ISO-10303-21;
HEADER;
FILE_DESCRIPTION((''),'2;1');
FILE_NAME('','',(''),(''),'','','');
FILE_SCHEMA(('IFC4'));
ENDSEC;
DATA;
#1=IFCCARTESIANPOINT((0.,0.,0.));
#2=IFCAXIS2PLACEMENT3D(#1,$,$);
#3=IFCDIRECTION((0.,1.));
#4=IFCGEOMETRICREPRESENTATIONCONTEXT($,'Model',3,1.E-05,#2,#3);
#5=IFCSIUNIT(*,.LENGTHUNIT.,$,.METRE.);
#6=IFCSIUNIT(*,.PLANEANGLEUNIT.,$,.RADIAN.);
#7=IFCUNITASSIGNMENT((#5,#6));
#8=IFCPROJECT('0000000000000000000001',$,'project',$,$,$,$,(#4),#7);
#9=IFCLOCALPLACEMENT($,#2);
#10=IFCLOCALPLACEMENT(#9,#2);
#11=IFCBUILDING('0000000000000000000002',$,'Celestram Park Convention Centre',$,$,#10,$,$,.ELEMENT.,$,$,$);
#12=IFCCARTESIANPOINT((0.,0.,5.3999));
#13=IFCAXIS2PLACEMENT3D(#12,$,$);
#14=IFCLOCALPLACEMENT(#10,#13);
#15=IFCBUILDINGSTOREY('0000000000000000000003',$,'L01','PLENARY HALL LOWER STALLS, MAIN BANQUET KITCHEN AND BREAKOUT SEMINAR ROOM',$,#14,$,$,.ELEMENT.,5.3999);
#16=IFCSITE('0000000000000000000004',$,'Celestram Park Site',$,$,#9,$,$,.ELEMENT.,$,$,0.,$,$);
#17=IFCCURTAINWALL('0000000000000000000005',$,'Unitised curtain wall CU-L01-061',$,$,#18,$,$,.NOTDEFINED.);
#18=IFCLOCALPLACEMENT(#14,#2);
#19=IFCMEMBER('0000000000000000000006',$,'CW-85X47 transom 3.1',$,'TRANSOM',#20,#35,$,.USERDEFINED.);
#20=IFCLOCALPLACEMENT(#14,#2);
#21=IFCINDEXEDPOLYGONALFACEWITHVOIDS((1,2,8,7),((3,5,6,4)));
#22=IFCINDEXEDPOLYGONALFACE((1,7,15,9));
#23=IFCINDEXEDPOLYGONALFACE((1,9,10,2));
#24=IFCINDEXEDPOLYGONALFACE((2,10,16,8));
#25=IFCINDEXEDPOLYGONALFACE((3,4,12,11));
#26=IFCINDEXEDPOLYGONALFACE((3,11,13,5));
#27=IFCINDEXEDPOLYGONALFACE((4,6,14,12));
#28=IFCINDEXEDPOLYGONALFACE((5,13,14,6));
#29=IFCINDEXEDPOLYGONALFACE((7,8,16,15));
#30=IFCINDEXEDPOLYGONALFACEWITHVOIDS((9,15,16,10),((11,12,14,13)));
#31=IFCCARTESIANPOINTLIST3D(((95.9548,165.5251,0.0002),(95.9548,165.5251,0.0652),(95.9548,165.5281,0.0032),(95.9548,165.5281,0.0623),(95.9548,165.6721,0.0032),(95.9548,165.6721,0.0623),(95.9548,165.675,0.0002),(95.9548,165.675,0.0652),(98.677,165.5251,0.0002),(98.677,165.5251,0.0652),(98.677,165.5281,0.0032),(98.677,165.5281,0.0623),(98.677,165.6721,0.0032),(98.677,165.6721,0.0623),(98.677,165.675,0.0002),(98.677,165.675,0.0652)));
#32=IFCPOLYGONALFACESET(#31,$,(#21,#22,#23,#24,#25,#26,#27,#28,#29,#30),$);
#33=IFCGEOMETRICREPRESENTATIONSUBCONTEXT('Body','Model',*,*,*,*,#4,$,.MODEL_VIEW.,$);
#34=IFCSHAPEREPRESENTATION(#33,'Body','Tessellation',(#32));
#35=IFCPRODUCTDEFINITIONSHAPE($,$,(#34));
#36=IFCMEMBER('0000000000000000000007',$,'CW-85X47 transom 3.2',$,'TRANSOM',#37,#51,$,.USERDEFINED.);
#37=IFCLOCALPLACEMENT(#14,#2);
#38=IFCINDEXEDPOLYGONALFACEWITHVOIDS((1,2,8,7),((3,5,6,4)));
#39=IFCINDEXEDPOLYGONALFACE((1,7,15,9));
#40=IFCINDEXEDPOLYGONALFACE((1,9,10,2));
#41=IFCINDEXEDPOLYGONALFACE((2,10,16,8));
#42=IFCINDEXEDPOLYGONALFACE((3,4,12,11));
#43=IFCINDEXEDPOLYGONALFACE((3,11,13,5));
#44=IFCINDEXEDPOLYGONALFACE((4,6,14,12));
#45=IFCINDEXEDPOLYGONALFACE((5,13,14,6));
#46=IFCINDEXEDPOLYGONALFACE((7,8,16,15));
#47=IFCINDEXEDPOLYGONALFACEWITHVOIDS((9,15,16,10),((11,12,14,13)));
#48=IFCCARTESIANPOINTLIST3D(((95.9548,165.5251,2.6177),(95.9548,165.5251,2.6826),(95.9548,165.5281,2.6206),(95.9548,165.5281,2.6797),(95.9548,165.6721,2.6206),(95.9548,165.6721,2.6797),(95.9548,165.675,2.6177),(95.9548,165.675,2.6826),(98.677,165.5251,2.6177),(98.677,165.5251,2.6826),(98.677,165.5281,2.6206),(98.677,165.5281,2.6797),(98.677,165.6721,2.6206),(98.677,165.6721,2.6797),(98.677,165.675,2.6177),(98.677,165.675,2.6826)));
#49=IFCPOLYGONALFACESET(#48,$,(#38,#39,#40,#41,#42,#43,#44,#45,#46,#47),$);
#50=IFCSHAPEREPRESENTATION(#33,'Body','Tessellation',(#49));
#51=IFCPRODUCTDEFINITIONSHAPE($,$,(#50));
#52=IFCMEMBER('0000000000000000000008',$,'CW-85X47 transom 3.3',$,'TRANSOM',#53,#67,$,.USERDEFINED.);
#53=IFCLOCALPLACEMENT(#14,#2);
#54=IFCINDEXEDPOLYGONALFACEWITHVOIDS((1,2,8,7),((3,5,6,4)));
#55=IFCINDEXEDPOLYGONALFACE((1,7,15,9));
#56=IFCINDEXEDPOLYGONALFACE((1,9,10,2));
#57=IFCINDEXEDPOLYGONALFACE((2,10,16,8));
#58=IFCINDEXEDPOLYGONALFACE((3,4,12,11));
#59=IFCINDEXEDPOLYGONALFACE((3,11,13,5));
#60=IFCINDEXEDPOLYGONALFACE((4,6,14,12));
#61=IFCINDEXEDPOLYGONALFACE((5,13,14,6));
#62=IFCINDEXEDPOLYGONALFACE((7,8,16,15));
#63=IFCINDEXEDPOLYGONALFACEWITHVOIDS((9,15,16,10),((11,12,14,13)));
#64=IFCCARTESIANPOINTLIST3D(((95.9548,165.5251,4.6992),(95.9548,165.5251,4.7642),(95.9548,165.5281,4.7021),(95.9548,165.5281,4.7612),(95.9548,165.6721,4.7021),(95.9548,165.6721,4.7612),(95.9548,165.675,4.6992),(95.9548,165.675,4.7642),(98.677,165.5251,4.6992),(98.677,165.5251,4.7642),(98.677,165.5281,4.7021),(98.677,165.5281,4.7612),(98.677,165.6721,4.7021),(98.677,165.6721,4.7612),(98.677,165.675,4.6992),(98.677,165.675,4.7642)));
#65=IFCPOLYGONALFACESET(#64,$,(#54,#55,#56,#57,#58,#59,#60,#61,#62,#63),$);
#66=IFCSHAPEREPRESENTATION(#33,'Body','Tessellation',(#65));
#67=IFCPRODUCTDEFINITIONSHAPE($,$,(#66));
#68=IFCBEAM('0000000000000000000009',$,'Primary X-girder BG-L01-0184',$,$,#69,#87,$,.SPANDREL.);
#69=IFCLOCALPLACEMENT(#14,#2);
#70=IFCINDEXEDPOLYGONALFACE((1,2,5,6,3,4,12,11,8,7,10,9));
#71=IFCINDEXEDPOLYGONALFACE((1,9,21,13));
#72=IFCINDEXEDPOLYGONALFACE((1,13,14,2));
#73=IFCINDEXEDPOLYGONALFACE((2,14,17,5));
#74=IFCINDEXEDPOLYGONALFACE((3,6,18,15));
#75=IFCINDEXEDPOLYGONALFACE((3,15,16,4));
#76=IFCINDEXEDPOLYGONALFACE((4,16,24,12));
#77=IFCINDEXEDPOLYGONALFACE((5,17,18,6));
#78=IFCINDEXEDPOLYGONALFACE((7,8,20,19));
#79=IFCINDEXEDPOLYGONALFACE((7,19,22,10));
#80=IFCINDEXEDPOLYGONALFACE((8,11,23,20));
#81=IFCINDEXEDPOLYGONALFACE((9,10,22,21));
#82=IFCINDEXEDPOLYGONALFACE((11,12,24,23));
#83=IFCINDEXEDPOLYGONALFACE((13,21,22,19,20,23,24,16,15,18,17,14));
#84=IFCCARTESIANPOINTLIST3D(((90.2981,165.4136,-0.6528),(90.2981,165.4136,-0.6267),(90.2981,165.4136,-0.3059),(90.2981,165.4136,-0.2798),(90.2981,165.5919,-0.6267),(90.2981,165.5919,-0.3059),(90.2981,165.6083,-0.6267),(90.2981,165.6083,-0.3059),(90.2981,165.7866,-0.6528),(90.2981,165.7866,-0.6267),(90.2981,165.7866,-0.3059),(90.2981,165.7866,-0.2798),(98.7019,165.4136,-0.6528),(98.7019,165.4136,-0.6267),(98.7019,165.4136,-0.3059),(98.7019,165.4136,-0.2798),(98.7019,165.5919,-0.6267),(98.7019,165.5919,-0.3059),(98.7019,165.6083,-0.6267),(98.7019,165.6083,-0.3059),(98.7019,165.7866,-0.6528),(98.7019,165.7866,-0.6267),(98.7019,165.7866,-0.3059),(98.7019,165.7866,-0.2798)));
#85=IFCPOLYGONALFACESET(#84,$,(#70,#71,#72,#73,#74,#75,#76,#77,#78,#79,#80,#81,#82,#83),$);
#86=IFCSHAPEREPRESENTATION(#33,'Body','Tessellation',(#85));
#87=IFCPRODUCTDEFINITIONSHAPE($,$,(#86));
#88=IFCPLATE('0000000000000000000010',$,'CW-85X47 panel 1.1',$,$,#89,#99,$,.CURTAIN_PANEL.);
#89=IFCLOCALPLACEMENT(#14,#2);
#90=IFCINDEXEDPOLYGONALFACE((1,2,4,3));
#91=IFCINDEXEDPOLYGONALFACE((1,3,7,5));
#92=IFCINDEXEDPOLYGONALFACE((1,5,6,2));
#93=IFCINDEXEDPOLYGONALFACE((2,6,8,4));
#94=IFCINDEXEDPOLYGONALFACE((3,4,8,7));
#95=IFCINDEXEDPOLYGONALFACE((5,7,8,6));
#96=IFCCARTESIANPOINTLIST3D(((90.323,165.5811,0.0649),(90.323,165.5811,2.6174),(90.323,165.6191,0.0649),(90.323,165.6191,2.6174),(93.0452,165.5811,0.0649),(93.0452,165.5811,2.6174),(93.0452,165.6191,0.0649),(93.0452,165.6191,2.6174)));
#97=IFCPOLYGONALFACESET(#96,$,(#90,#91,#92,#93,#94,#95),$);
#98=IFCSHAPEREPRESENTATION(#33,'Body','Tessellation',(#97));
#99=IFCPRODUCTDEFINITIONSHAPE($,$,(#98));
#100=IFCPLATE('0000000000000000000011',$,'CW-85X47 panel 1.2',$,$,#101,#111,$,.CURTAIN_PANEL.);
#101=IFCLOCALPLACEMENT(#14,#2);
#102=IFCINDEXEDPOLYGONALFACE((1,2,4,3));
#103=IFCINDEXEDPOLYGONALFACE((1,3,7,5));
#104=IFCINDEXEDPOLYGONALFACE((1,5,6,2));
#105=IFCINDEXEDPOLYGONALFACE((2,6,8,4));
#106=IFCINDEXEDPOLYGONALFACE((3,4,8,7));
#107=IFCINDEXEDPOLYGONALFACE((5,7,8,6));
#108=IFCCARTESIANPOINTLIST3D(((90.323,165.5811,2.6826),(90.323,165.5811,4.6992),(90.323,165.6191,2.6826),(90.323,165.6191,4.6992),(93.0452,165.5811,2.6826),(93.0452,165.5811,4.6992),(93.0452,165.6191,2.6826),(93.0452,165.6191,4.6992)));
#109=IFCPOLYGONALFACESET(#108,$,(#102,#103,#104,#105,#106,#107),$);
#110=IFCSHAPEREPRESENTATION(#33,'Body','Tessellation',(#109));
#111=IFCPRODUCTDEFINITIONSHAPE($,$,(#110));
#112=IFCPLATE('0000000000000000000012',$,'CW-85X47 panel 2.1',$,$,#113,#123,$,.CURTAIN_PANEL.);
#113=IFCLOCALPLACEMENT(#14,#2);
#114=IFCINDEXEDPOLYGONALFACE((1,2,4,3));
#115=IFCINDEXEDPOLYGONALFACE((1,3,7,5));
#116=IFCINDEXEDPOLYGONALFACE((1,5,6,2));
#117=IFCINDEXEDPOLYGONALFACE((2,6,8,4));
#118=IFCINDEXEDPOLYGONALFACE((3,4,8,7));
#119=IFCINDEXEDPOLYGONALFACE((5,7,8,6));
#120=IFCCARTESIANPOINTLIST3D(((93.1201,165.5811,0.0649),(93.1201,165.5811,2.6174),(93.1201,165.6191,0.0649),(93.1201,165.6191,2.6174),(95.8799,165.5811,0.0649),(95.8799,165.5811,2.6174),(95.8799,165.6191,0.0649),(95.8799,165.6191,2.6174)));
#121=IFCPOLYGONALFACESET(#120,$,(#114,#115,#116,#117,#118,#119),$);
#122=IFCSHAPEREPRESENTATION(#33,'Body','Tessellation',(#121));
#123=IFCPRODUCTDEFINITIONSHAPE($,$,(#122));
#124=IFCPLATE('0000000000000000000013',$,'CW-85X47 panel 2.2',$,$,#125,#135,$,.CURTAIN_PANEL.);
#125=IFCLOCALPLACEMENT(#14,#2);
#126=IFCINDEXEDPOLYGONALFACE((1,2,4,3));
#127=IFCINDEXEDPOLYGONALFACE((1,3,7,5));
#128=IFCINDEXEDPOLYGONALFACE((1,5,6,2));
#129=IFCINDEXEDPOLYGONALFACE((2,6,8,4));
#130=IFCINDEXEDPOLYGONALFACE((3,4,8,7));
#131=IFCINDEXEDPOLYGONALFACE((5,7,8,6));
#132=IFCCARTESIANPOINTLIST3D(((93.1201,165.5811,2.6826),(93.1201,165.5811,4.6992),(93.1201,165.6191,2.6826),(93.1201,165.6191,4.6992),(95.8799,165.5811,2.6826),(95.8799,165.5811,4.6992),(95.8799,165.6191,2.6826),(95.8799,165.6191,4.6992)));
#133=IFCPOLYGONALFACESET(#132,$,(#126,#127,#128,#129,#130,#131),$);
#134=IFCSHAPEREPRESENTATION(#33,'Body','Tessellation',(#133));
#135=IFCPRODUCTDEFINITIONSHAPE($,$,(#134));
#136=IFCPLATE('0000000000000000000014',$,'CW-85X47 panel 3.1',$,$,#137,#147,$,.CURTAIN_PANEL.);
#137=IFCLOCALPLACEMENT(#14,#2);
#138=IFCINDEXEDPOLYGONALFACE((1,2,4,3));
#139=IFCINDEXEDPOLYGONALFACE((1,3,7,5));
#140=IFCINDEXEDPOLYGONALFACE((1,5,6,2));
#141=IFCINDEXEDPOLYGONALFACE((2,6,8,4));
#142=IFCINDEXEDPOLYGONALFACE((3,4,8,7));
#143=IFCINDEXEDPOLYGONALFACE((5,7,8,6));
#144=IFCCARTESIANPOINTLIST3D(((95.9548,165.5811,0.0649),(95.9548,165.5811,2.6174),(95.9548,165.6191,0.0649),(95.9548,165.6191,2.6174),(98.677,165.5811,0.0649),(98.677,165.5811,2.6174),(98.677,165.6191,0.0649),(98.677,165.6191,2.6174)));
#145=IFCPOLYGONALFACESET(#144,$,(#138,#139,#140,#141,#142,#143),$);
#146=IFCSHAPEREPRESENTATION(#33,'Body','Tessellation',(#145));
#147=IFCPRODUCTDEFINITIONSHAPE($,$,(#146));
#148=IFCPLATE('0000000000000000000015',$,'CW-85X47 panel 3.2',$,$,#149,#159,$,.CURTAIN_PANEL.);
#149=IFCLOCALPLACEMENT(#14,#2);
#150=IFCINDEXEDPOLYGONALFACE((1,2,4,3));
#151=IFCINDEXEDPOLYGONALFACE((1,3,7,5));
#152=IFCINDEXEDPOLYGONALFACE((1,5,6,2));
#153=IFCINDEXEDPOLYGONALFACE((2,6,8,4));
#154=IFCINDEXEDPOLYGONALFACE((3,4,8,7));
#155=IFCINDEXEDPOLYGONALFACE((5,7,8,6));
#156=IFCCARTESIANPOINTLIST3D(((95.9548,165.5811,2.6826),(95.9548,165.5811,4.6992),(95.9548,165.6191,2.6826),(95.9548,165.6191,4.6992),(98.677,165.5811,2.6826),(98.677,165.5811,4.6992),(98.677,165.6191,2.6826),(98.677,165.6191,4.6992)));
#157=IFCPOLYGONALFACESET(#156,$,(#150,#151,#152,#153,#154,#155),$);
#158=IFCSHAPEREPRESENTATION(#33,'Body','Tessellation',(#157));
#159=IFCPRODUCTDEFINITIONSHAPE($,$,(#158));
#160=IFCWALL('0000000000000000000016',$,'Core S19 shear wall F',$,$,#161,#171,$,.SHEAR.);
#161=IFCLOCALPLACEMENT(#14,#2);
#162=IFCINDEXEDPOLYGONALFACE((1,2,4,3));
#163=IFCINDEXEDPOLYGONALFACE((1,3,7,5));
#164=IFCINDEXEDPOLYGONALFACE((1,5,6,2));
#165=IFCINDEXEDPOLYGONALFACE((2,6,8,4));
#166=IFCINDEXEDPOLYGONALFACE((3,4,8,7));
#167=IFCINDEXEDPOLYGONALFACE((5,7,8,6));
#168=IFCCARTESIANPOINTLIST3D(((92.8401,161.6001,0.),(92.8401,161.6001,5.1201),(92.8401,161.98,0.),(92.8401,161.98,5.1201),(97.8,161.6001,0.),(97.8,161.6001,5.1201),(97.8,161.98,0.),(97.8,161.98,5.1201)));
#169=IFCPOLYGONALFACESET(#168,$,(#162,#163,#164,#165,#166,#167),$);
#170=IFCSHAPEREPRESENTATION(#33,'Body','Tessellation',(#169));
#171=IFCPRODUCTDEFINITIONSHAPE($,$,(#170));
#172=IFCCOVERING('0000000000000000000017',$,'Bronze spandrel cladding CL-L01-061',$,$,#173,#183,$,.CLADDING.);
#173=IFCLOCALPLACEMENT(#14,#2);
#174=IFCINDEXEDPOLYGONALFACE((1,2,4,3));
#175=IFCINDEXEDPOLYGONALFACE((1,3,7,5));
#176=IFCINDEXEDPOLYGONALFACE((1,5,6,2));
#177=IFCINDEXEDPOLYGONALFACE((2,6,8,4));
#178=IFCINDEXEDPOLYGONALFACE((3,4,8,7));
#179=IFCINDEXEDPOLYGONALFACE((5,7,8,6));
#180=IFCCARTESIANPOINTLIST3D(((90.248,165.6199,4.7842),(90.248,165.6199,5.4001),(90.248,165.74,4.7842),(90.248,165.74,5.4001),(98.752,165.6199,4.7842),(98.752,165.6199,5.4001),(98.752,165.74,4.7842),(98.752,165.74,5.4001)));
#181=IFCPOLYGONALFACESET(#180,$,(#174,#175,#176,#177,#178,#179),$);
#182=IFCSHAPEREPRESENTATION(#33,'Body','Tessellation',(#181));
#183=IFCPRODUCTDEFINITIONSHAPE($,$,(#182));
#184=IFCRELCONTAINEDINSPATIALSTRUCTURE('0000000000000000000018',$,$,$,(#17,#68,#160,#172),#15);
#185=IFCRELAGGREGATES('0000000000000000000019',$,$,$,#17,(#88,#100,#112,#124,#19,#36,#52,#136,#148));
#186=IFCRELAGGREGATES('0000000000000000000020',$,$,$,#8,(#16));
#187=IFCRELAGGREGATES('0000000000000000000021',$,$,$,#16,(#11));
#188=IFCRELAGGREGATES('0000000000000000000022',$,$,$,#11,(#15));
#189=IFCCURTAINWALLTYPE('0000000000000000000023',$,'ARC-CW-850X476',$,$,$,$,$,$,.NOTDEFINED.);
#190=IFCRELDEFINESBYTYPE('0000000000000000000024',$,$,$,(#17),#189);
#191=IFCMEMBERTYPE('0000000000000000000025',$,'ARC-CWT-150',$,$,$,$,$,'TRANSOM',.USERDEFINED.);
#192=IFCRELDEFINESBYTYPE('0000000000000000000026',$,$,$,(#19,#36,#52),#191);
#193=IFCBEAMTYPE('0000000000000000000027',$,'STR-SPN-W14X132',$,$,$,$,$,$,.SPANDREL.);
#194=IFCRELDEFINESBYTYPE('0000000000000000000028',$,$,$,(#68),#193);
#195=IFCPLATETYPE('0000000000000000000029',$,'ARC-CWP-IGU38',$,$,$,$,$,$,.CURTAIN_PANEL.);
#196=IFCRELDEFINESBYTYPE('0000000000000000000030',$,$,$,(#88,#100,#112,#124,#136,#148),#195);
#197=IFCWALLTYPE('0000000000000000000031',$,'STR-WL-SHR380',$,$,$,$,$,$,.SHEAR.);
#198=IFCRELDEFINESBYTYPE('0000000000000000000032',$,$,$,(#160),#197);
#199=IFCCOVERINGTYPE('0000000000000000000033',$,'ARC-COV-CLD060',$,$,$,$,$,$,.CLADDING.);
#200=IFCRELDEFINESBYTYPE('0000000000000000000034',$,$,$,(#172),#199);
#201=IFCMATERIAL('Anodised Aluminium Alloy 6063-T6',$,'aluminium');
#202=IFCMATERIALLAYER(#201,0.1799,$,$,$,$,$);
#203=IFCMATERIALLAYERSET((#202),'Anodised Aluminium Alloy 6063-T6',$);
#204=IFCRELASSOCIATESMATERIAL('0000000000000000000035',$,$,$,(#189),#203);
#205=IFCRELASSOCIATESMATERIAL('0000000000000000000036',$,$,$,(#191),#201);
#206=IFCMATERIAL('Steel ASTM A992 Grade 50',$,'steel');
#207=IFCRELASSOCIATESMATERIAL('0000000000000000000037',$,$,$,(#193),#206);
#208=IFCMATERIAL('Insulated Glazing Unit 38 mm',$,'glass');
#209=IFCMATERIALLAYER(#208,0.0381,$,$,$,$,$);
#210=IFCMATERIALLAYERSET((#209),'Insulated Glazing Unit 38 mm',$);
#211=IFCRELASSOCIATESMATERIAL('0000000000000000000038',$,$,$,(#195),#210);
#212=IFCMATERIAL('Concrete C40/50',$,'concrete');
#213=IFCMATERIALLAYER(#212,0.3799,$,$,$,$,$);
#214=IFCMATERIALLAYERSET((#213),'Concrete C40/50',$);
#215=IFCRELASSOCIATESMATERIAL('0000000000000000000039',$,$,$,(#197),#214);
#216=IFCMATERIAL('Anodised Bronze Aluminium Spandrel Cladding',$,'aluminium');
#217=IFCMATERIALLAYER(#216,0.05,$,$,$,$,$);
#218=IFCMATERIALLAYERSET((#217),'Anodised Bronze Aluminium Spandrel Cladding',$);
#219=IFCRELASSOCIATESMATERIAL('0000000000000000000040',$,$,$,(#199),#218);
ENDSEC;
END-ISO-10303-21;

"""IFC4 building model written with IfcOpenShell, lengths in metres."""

from ifc_helpers import new_model, si_unit, direction, frame, frame_2d, origin, origin_2d, place, context, subcontext, project, spatial, rectangle, hollow_rectangle, i_section, extrude, material, layer, layer_set, material_profile, profile_set, type_object, element, aggregate, save


model = new_model("IFC4")

# Units and contexts
model_context = context("Model", 3, precision=1e-05, world=origin(), true_north=direction((0.0, 1.0)))
body_context = subcontext(model_context, "Body", "Model", "MODEL_VIEW")
ifc_project = project(units=[si_unit("LENGTHUNIT", "METRE"), si_unit("PLANEANGLEUNIT", "RADIAN")], contexts=[model_context])

# Site, building, storey
site_placement = place(None, origin())
site = spatial("IfcSite", under=ifc_project, at=site_placement, Name="Celestram Park Site", CompositionType="ELEMENT", RefElevation=0.0)
building_placement = place(site_placement, origin())
building = spatial("IfcBuilding", under=site, at=building_placement, Name="Celestram Park Convention Centre", CompositionType="ELEMENT")
storey_placement = place(building_placement, frame((0.0, 0.0, 5.3999)))
storey = spatial("IfcBuildingStorey", under=building, at=storey_placement, Name="L01", Description="PLENARY HALL LOWER STALLS, MAIN BANQUET KITCHEN AND BREAKOUT SEMINAR ROOM", CompositionType="ELEMENT", Elevation=5.3999)

# Shared definitions
ifc_material_1 = material(Name="Concrete C40/50", Category="concrete")

# Shared definitions
ifc_material_2 = material(Name="Anodised Aluminium Alloy 6063-T6", Category="aluminium")
ifc_layer_1 = layer(ifc_material_2, 0.1799)
ifc_layer_set_1 = layer_set([ifc_layer_1], Name="Anodised Aluminium Alloy 6063-T6")
curtain_wall_type = type_object("IfcCurtainWallType", Name="ARC-CW-850X476", PredefinedType="NOTDEFINED", material=ifc_layer_set_1)

# Curtain wall, members
curtain_wall_1_placement = place(storey_placement, origin())
curtain_wall_1 = element("IfcCurtainWall", 1, at=curtain_wall_1_placement, inside=storey, type_object=curtain_wall_type, Name="Unitised curtain wall CU-L01-061", PredefinedType="NOTDEFINED")
ifc_material_profile_1 = material_profile(ifc_material_2, hollow_rectangle(XDim=0.1499, YDim=0.0649, WallThickness=0.0029, at=origin_2d()), Name="ALU150X65X3")
ifc_profile_set_1 = profile_set([ifc_material_profile_1], Name="Anodised Aluminium Alloy 6063-T6")
member_type_1 = type_object("IfcMemberType", Name="ARC-CWT-150", ElementType="TRANSOM", PredefinedType="USERDEFINED", material=ifc_profile_set_1)
member_1_placement = place(storey_placement, frame((95.9548, 165.6001, 0.0327), z_axis=(1.0, 0.0, 0.0), x_axis=(0.0, 1.0, 0.0)))
member_1 = element("IfcMember", 2, at=member_1_placement, type_object=member_type_1, Name="CW-85X47 transom 3.1", ObjectType="TRANSOM", PredefinedType="USERDEFINED", context=body_context, shape_type="SweptSolid", body=[
    extrude(hollow_rectangle(XDim=0.1499, YDim=0.0649, WallThickness=0.0029, at=origin_2d()), origin(), (0.0, 0.0, 1.0), 2.7222),
])
member_2_placement = place(storey_placement, frame((95.9548, 165.6001, 2.6501), z_axis=(1.0, 0.0, 0.0), x_axis=(0.0, 1.0, 0.0)))
member_2 = element("IfcMember", 3, at=member_2_placement, type_object=member_type_1, Name="CW-85X47 transom 3.2", ObjectType="TRANSOM", PredefinedType="USERDEFINED", context=body_context, shape_type="SweptSolid", body=[
    extrude(hollow_rectangle(XDim=0.1499, YDim=0.0649, WallThickness=0.0029, at=origin_2d()), origin(), (0.0, 0.0, 1.0), 2.7222),
])
member_3_placement = place(storey_placement, frame((95.9548, 165.6001, 4.7317), z_axis=(1.0, 0.0, 0.0), x_axis=(0.0, 1.0, 0.0)))
member_3 = element("IfcMember", 4, at=member_3_placement, type_object=member_type_1, Name="CW-85X47 transom 3.3", ObjectType="TRANSOM", PredefinedType="USERDEFINED", context=body_context, shape_type="SweptSolid", body=[
    extrude(hollow_rectangle(XDim=0.1499, YDim=0.0649, WallThickness=0.0029, at=origin_2d()), origin(), (0.0, 0.0, 1.0), 2.7222),
])

# Beam
ifc_material_3 = material(Name="Steel ASTM A992 Grade 50", Category="steel")
ifc_material_profile_2 = material_profile(ifc_material_3, i_section(OverallWidth=0.373, OverallDepth=0.373, WebThickness=0.0164, FlangeThickness=0.0261, at=origin_2d()), Name="W14X132")
ifc_profile_set_2 = profile_set([ifc_material_profile_2], Name="Steel ASTM A992 Grade 50")
beam_type = type_object("IfcBeamType", Name="STR-SPN-W14X132", PredefinedType="SPANDREL", material=ifc_profile_set_2)
beam_placement = place(storey_placement, frame((90.2981, 165.6001, -0.4663), z_axis=(1.0, 0.0, 0.0), x_axis=(0.0, 1.0, 0.0)))
element("IfcBeam", 5, at=beam_placement, inside=storey, type_object=beam_type, Name="Primary X-girder BG-L01-0184", PredefinedType="SPANDREL", context=body_context, shape_type="SweptSolid", body=[
    extrude(i_section(OverallWidth=0.373, OverallDepth=0.373, WebThickness=0.0164, FlangeThickness=0.0261, at=origin_2d()), origin(), (0.0, 0.0, 1.0), 8.4038),
])

# Plates
ifc_material_4 = material(Name="Insulated Glazing Unit 38 mm", Category="glass")
ifc_layer_2 = layer(ifc_material_4, 0.0381)
ifc_layer_set_2 = layer_set([ifc_layer_2], Name="Insulated Glazing Unit 38 mm")
plate_type = type_object("IfcPlateType", Name="ARC-CWP-IGU38", PredefinedType="CURTAIN_PANEL", material=ifc_layer_set_2)
plate_1_placement = place(storey_placement, frame((91.6841, 165.6001, 0.0649), z_axis=(0.0, 0.0, 1.0), x_axis=(1.0, 0.0, 0.0)))
plate_1 = element("IfcPlate", 6, at=plate_1_placement, type_object=plate_type, Name="CW-85X47 panel 1.1", PredefinedType="CURTAIN_PANEL", context=body_context, shape_type="SweptSolid", body=[
    extrude(rectangle(XDim=2.7222, YDim=0.0381, at=origin_2d()), origin(), (0.0, 0.0, 1.0), 2.5525),
])
plate_2_placement = place(storey_placement, frame((91.6841, 165.6001, 2.6826), z_axis=(0.0, 0.0, 1.0), x_axis=(1.0, 0.0, 0.0)))
plate_2 = element("IfcPlate", 7, at=plate_2_placement, type_object=plate_type, Name="CW-85X47 panel 1.2", PredefinedType="CURTAIN_PANEL", context=body_context, shape_type="SweptSolid", body=[
    extrude(rectangle(XDim=2.7222, YDim=0.0381, at=origin_2d()), origin(), (0.0, 0.0, 1.0), 2.0166),
])
plate_3_placement = place(storey_placement, frame((94.5, 165.6001, 0.0649), z_axis=(0.0, 0.0, 1.0), x_axis=(1.0, 0.0, 0.0)))
plate_3 = element("IfcPlate", 8, at=plate_3_placement, type_object=plate_type, Name="CW-85X47 panel 2.1", PredefinedType="CURTAIN_PANEL", context=body_context, shape_type="SweptSolid", body=[
    extrude(rectangle(XDim=2.7598, YDim=0.0381, at=origin_2d()), origin(), (0.0, 0.0, 1.0), 2.5525),
])
plate_4_placement = place(storey_placement, frame((94.5, 165.6001, 2.6826), z_axis=(0.0, 0.0, 1.0), x_axis=(1.0, 0.0, 0.0)))
plate_4 = element("IfcPlate", 9, at=plate_4_placement, type_object=plate_type, Name="CW-85X47 panel 2.2", PredefinedType="CURTAIN_PANEL", context=body_context, shape_type="SweptSolid", body=[
    extrude(rectangle(XDim=2.7598, YDim=0.0381, at=origin_2d()), origin(), (0.0, 0.0, 1.0), 2.0166),
])
plate_5_placement = place(storey_placement, frame((97.3159, 165.6001, 0.0649), z_axis=(0.0, 0.0, 1.0), x_axis=(1.0, 0.0, 0.0)))
plate_5 = element("IfcPlate", 10, at=plate_5_placement, type_object=plate_type, Name="CW-85X47 panel 3.1", PredefinedType="CURTAIN_PANEL", context=body_context, shape_type="SweptSolid", body=[
    extrude(rectangle(XDim=2.7222, YDim=0.0381, at=origin_2d()), origin(), (0.0, 0.0, 1.0), 2.5525),
])
plate_6_placement = place(storey_placement, frame((97.3159, 165.6001, 2.6826), z_axis=(0.0, 0.0, 1.0), x_axis=(1.0, 0.0, 0.0)))
plate_6 = element("IfcPlate", 11, at=plate_6_placement, type_object=plate_type, Name="CW-85X47 panel 3.2", PredefinedType="CURTAIN_PANEL", context=body_context, shape_type="SweptSolid", body=[
    extrude(rectangle(XDim=2.7222, YDim=0.0381, at=origin_2d()), origin(), (0.0, 0.0, 1.0), 2.0166),
])
aggregate(curtain_wall_1, [plate_1, plate_2, plate_3, plate_4, member_1, member_2, member_3, plate_5, plate_6])

# Wall
ifc_layer_3 = layer(ifc_material_1, 0.3799)
ifc_layer_set_3 = layer_set([ifc_layer_3], Name="Concrete C40/50")
wall_type = type_object("IfcWallType", Name="STR-WL-SHR380", PredefinedType="SHEAR", material=ifc_layer_set_3)
wall_placement = place(storey_placement, frame((92.8401, 161.79, 0.0), z_axis=(0.0, 0.0, 1.0), x_axis=(1.0, 0.0, 0.0)))
element("IfcWall", 12, at=wall_placement, inside=storey, type_object=wall_type, Name="Core S19 shear wall F", PredefinedType="SHEAR", context=body_context, shape_type="SweptSolid", body=[
    extrude(rectangle(XDim=4.96, YDim=0.3799, at=frame_2d((2.48, 0.0))), origin(), (0.0, 0.0, 1.0), 5.1201),
])

# Covering
ifc_material_5 = material(Name="Anodised Bronze Aluminium Spandrel Cladding", Category="aluminium")
ifc_layer_4 = layer(ifc_material_5, 0.05)
ifc_layer_set_4 = layer_set([ifc_layer_4], Name="Anodised Bronze Aluminium Spandrel Cladding")
covering_type_1 = type_object("IfcCoveringType", Name="ARC-COV-CLD060", PredefinedType="CLADDING", material=ifc_layer_set_4)
covering_1_placement = place(storey_placement, frame((94.5, 165.6799, 4.7842), z_axis=(0.0, 0.0, 1.0), x_axis=(1.0, 0.0, 0.0)))
element("IfcCovering", 13, at=covering_1_placement, inside=storey, type_object=covering_type_1, Name="Bronze spandrel cladding CL-L01-061", PredefinedType="CLADDING", context=body_context, shape_type="SweptSolid", body=[
    extrude(rectangle(XDim=8.5039, YDim=0.1201, at=origin_2d()), origin(), (0.0, 0.0, 1.0), 0.616),
])

save(model, "model.ifc")
